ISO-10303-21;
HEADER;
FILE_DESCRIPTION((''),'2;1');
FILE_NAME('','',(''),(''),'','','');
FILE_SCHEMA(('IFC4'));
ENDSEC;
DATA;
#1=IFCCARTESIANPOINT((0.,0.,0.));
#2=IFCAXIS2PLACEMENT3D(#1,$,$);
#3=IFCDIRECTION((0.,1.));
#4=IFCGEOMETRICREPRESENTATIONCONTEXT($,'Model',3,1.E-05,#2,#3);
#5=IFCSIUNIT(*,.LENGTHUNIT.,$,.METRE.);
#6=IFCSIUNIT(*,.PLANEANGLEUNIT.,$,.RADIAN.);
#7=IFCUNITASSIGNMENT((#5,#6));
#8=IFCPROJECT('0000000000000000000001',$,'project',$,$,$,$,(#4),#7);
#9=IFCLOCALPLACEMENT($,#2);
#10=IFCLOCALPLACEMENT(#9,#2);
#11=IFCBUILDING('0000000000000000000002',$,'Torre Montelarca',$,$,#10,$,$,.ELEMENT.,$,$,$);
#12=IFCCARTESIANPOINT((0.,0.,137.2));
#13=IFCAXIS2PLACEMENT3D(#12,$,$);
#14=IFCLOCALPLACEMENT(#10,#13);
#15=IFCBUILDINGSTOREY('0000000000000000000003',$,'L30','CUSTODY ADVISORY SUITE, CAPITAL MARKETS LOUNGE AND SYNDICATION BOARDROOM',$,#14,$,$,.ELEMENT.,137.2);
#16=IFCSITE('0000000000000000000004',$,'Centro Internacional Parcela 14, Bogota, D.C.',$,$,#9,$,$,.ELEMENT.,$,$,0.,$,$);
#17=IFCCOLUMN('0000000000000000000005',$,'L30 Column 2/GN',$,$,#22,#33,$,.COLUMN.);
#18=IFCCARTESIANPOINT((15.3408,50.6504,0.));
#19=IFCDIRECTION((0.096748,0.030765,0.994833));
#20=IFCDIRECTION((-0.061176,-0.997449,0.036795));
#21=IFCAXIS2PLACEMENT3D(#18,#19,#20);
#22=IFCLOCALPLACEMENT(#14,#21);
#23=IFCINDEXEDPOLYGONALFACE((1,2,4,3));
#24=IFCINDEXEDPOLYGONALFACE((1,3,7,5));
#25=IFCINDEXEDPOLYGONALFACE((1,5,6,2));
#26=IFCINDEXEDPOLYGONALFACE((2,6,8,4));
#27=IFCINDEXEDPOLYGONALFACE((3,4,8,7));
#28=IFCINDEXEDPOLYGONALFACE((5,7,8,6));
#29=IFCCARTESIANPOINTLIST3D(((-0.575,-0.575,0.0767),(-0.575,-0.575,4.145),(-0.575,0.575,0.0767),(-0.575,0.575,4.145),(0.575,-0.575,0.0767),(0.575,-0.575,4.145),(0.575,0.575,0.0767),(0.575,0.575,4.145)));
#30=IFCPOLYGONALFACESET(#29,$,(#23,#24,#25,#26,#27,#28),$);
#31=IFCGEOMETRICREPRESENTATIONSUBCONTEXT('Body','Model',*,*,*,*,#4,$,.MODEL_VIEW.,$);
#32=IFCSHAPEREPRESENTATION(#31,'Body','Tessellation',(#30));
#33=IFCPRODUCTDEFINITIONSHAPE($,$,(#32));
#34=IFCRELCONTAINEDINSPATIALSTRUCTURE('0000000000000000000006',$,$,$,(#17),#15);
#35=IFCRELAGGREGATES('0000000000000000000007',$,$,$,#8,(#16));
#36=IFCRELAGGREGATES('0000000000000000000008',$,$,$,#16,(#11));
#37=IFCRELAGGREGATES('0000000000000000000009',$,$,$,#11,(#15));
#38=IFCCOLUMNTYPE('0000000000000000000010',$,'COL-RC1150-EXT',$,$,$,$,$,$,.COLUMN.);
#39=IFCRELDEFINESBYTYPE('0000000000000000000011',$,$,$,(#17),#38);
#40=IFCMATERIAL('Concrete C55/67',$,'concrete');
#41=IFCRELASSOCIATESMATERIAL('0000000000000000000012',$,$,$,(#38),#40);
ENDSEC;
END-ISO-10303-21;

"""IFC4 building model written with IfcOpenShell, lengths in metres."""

from ifc_helpers import new_model, si_unit, direction, frame, origin, origin_2d, place, context, subcontext, project, spatial, rectangle, extrude, clip, halfspace, material, material_profile, profile_set, type_object, element, save


model = new_model("IFC4")

# Units and contexts
model_context = context("Model", 3, precision=1e-05, world=origin(), true_north=direction((0.0, 1.0)))
body_context = subcontext(model_context, "Body", "Model", "MODEL_VIEW")
ifc_project = project(units=[si_unit("LENGTHUNIT", "METRE"), si_unit("PLANEANGLEUNIT", "RADIAN")], contexts=[model_context])

# Site, building, storey
site_placement = place(None, origin())
site = spatial("IfcSite", under=ifc_project, at=site_placement, Name="Centro Internacional Parcela 14, Bogota, D.C.", CompositionType="ELEMENT", RefElevation=0.0)
building_placement = place(site_placement, origin())
building = spatial("IfcBuilding", under=site, at=building_placement, Name="Torre Montelarca", CompositionType="ELEMENT")
storey_placement = place(building_placement, frame((0.0, 0.0, 137.2)))
storey = spatial("IfcBuildingStorey", under=building, at=storey_placement, Name="L30", Description="CUSTODY ADVISORY SUITE, CAPITAL MARKETS LOUNGE AND SYNDICATION BOARDROOM", CompositionType="ELEMENT", Elevation=137.2)

# Column
ifc_material_1 = material(Name="Concrete C55/67", Category="concrete")
ifc_material_profile_1 = material_profile(ifc_material_1, rectangle(XDim=1.1499, YDim=1.1499, at=origin_2d()), Name="RC1150X1150", Category="concrete")
ifc_profile_set_1 = profile_set([ifc_material_profile_1], Name="Concrete C55/67")
column_type = type_object("IfcColumnType", Name="COL-RC1150-EXT", PredefinedType="COLUMN", material=ifc_profile_set_1)
column_placement = place(storey_placement, frame((15.3408, 50.6504, 0.0), z_axis=(0.096748, 0.030765, 0.994833), x_axis=(-0.061176, -0.997449, 0.036795)))
element("IfcColumn", 1, at=column_placement, inside=storey, type_object=column_type, Name="L30 Column 2/GN", PredefinedType="COLUMN", context=body_context, shape_type="Clipping", body=[
    clip(clip(extrude(rectangle(XDim=1.1499, YDim=1.1499, at=origin_2d()), origin(), (0.0, 0.0, 1.0), 4.2217), halfspace(frame((0.0, 0.0, 0.0767), z_axis=(0.0, 0.0, -1.0), x_axis=(1.0, 0.0, 0.0)), False)), halfspace(frame((0.0, 0.0, 4.145), z_axis=(0.0, 0.0, 1.0), x_axis=(1.0, 0.0, 0.0)), False)),
])

save(model, "model.ifc")
